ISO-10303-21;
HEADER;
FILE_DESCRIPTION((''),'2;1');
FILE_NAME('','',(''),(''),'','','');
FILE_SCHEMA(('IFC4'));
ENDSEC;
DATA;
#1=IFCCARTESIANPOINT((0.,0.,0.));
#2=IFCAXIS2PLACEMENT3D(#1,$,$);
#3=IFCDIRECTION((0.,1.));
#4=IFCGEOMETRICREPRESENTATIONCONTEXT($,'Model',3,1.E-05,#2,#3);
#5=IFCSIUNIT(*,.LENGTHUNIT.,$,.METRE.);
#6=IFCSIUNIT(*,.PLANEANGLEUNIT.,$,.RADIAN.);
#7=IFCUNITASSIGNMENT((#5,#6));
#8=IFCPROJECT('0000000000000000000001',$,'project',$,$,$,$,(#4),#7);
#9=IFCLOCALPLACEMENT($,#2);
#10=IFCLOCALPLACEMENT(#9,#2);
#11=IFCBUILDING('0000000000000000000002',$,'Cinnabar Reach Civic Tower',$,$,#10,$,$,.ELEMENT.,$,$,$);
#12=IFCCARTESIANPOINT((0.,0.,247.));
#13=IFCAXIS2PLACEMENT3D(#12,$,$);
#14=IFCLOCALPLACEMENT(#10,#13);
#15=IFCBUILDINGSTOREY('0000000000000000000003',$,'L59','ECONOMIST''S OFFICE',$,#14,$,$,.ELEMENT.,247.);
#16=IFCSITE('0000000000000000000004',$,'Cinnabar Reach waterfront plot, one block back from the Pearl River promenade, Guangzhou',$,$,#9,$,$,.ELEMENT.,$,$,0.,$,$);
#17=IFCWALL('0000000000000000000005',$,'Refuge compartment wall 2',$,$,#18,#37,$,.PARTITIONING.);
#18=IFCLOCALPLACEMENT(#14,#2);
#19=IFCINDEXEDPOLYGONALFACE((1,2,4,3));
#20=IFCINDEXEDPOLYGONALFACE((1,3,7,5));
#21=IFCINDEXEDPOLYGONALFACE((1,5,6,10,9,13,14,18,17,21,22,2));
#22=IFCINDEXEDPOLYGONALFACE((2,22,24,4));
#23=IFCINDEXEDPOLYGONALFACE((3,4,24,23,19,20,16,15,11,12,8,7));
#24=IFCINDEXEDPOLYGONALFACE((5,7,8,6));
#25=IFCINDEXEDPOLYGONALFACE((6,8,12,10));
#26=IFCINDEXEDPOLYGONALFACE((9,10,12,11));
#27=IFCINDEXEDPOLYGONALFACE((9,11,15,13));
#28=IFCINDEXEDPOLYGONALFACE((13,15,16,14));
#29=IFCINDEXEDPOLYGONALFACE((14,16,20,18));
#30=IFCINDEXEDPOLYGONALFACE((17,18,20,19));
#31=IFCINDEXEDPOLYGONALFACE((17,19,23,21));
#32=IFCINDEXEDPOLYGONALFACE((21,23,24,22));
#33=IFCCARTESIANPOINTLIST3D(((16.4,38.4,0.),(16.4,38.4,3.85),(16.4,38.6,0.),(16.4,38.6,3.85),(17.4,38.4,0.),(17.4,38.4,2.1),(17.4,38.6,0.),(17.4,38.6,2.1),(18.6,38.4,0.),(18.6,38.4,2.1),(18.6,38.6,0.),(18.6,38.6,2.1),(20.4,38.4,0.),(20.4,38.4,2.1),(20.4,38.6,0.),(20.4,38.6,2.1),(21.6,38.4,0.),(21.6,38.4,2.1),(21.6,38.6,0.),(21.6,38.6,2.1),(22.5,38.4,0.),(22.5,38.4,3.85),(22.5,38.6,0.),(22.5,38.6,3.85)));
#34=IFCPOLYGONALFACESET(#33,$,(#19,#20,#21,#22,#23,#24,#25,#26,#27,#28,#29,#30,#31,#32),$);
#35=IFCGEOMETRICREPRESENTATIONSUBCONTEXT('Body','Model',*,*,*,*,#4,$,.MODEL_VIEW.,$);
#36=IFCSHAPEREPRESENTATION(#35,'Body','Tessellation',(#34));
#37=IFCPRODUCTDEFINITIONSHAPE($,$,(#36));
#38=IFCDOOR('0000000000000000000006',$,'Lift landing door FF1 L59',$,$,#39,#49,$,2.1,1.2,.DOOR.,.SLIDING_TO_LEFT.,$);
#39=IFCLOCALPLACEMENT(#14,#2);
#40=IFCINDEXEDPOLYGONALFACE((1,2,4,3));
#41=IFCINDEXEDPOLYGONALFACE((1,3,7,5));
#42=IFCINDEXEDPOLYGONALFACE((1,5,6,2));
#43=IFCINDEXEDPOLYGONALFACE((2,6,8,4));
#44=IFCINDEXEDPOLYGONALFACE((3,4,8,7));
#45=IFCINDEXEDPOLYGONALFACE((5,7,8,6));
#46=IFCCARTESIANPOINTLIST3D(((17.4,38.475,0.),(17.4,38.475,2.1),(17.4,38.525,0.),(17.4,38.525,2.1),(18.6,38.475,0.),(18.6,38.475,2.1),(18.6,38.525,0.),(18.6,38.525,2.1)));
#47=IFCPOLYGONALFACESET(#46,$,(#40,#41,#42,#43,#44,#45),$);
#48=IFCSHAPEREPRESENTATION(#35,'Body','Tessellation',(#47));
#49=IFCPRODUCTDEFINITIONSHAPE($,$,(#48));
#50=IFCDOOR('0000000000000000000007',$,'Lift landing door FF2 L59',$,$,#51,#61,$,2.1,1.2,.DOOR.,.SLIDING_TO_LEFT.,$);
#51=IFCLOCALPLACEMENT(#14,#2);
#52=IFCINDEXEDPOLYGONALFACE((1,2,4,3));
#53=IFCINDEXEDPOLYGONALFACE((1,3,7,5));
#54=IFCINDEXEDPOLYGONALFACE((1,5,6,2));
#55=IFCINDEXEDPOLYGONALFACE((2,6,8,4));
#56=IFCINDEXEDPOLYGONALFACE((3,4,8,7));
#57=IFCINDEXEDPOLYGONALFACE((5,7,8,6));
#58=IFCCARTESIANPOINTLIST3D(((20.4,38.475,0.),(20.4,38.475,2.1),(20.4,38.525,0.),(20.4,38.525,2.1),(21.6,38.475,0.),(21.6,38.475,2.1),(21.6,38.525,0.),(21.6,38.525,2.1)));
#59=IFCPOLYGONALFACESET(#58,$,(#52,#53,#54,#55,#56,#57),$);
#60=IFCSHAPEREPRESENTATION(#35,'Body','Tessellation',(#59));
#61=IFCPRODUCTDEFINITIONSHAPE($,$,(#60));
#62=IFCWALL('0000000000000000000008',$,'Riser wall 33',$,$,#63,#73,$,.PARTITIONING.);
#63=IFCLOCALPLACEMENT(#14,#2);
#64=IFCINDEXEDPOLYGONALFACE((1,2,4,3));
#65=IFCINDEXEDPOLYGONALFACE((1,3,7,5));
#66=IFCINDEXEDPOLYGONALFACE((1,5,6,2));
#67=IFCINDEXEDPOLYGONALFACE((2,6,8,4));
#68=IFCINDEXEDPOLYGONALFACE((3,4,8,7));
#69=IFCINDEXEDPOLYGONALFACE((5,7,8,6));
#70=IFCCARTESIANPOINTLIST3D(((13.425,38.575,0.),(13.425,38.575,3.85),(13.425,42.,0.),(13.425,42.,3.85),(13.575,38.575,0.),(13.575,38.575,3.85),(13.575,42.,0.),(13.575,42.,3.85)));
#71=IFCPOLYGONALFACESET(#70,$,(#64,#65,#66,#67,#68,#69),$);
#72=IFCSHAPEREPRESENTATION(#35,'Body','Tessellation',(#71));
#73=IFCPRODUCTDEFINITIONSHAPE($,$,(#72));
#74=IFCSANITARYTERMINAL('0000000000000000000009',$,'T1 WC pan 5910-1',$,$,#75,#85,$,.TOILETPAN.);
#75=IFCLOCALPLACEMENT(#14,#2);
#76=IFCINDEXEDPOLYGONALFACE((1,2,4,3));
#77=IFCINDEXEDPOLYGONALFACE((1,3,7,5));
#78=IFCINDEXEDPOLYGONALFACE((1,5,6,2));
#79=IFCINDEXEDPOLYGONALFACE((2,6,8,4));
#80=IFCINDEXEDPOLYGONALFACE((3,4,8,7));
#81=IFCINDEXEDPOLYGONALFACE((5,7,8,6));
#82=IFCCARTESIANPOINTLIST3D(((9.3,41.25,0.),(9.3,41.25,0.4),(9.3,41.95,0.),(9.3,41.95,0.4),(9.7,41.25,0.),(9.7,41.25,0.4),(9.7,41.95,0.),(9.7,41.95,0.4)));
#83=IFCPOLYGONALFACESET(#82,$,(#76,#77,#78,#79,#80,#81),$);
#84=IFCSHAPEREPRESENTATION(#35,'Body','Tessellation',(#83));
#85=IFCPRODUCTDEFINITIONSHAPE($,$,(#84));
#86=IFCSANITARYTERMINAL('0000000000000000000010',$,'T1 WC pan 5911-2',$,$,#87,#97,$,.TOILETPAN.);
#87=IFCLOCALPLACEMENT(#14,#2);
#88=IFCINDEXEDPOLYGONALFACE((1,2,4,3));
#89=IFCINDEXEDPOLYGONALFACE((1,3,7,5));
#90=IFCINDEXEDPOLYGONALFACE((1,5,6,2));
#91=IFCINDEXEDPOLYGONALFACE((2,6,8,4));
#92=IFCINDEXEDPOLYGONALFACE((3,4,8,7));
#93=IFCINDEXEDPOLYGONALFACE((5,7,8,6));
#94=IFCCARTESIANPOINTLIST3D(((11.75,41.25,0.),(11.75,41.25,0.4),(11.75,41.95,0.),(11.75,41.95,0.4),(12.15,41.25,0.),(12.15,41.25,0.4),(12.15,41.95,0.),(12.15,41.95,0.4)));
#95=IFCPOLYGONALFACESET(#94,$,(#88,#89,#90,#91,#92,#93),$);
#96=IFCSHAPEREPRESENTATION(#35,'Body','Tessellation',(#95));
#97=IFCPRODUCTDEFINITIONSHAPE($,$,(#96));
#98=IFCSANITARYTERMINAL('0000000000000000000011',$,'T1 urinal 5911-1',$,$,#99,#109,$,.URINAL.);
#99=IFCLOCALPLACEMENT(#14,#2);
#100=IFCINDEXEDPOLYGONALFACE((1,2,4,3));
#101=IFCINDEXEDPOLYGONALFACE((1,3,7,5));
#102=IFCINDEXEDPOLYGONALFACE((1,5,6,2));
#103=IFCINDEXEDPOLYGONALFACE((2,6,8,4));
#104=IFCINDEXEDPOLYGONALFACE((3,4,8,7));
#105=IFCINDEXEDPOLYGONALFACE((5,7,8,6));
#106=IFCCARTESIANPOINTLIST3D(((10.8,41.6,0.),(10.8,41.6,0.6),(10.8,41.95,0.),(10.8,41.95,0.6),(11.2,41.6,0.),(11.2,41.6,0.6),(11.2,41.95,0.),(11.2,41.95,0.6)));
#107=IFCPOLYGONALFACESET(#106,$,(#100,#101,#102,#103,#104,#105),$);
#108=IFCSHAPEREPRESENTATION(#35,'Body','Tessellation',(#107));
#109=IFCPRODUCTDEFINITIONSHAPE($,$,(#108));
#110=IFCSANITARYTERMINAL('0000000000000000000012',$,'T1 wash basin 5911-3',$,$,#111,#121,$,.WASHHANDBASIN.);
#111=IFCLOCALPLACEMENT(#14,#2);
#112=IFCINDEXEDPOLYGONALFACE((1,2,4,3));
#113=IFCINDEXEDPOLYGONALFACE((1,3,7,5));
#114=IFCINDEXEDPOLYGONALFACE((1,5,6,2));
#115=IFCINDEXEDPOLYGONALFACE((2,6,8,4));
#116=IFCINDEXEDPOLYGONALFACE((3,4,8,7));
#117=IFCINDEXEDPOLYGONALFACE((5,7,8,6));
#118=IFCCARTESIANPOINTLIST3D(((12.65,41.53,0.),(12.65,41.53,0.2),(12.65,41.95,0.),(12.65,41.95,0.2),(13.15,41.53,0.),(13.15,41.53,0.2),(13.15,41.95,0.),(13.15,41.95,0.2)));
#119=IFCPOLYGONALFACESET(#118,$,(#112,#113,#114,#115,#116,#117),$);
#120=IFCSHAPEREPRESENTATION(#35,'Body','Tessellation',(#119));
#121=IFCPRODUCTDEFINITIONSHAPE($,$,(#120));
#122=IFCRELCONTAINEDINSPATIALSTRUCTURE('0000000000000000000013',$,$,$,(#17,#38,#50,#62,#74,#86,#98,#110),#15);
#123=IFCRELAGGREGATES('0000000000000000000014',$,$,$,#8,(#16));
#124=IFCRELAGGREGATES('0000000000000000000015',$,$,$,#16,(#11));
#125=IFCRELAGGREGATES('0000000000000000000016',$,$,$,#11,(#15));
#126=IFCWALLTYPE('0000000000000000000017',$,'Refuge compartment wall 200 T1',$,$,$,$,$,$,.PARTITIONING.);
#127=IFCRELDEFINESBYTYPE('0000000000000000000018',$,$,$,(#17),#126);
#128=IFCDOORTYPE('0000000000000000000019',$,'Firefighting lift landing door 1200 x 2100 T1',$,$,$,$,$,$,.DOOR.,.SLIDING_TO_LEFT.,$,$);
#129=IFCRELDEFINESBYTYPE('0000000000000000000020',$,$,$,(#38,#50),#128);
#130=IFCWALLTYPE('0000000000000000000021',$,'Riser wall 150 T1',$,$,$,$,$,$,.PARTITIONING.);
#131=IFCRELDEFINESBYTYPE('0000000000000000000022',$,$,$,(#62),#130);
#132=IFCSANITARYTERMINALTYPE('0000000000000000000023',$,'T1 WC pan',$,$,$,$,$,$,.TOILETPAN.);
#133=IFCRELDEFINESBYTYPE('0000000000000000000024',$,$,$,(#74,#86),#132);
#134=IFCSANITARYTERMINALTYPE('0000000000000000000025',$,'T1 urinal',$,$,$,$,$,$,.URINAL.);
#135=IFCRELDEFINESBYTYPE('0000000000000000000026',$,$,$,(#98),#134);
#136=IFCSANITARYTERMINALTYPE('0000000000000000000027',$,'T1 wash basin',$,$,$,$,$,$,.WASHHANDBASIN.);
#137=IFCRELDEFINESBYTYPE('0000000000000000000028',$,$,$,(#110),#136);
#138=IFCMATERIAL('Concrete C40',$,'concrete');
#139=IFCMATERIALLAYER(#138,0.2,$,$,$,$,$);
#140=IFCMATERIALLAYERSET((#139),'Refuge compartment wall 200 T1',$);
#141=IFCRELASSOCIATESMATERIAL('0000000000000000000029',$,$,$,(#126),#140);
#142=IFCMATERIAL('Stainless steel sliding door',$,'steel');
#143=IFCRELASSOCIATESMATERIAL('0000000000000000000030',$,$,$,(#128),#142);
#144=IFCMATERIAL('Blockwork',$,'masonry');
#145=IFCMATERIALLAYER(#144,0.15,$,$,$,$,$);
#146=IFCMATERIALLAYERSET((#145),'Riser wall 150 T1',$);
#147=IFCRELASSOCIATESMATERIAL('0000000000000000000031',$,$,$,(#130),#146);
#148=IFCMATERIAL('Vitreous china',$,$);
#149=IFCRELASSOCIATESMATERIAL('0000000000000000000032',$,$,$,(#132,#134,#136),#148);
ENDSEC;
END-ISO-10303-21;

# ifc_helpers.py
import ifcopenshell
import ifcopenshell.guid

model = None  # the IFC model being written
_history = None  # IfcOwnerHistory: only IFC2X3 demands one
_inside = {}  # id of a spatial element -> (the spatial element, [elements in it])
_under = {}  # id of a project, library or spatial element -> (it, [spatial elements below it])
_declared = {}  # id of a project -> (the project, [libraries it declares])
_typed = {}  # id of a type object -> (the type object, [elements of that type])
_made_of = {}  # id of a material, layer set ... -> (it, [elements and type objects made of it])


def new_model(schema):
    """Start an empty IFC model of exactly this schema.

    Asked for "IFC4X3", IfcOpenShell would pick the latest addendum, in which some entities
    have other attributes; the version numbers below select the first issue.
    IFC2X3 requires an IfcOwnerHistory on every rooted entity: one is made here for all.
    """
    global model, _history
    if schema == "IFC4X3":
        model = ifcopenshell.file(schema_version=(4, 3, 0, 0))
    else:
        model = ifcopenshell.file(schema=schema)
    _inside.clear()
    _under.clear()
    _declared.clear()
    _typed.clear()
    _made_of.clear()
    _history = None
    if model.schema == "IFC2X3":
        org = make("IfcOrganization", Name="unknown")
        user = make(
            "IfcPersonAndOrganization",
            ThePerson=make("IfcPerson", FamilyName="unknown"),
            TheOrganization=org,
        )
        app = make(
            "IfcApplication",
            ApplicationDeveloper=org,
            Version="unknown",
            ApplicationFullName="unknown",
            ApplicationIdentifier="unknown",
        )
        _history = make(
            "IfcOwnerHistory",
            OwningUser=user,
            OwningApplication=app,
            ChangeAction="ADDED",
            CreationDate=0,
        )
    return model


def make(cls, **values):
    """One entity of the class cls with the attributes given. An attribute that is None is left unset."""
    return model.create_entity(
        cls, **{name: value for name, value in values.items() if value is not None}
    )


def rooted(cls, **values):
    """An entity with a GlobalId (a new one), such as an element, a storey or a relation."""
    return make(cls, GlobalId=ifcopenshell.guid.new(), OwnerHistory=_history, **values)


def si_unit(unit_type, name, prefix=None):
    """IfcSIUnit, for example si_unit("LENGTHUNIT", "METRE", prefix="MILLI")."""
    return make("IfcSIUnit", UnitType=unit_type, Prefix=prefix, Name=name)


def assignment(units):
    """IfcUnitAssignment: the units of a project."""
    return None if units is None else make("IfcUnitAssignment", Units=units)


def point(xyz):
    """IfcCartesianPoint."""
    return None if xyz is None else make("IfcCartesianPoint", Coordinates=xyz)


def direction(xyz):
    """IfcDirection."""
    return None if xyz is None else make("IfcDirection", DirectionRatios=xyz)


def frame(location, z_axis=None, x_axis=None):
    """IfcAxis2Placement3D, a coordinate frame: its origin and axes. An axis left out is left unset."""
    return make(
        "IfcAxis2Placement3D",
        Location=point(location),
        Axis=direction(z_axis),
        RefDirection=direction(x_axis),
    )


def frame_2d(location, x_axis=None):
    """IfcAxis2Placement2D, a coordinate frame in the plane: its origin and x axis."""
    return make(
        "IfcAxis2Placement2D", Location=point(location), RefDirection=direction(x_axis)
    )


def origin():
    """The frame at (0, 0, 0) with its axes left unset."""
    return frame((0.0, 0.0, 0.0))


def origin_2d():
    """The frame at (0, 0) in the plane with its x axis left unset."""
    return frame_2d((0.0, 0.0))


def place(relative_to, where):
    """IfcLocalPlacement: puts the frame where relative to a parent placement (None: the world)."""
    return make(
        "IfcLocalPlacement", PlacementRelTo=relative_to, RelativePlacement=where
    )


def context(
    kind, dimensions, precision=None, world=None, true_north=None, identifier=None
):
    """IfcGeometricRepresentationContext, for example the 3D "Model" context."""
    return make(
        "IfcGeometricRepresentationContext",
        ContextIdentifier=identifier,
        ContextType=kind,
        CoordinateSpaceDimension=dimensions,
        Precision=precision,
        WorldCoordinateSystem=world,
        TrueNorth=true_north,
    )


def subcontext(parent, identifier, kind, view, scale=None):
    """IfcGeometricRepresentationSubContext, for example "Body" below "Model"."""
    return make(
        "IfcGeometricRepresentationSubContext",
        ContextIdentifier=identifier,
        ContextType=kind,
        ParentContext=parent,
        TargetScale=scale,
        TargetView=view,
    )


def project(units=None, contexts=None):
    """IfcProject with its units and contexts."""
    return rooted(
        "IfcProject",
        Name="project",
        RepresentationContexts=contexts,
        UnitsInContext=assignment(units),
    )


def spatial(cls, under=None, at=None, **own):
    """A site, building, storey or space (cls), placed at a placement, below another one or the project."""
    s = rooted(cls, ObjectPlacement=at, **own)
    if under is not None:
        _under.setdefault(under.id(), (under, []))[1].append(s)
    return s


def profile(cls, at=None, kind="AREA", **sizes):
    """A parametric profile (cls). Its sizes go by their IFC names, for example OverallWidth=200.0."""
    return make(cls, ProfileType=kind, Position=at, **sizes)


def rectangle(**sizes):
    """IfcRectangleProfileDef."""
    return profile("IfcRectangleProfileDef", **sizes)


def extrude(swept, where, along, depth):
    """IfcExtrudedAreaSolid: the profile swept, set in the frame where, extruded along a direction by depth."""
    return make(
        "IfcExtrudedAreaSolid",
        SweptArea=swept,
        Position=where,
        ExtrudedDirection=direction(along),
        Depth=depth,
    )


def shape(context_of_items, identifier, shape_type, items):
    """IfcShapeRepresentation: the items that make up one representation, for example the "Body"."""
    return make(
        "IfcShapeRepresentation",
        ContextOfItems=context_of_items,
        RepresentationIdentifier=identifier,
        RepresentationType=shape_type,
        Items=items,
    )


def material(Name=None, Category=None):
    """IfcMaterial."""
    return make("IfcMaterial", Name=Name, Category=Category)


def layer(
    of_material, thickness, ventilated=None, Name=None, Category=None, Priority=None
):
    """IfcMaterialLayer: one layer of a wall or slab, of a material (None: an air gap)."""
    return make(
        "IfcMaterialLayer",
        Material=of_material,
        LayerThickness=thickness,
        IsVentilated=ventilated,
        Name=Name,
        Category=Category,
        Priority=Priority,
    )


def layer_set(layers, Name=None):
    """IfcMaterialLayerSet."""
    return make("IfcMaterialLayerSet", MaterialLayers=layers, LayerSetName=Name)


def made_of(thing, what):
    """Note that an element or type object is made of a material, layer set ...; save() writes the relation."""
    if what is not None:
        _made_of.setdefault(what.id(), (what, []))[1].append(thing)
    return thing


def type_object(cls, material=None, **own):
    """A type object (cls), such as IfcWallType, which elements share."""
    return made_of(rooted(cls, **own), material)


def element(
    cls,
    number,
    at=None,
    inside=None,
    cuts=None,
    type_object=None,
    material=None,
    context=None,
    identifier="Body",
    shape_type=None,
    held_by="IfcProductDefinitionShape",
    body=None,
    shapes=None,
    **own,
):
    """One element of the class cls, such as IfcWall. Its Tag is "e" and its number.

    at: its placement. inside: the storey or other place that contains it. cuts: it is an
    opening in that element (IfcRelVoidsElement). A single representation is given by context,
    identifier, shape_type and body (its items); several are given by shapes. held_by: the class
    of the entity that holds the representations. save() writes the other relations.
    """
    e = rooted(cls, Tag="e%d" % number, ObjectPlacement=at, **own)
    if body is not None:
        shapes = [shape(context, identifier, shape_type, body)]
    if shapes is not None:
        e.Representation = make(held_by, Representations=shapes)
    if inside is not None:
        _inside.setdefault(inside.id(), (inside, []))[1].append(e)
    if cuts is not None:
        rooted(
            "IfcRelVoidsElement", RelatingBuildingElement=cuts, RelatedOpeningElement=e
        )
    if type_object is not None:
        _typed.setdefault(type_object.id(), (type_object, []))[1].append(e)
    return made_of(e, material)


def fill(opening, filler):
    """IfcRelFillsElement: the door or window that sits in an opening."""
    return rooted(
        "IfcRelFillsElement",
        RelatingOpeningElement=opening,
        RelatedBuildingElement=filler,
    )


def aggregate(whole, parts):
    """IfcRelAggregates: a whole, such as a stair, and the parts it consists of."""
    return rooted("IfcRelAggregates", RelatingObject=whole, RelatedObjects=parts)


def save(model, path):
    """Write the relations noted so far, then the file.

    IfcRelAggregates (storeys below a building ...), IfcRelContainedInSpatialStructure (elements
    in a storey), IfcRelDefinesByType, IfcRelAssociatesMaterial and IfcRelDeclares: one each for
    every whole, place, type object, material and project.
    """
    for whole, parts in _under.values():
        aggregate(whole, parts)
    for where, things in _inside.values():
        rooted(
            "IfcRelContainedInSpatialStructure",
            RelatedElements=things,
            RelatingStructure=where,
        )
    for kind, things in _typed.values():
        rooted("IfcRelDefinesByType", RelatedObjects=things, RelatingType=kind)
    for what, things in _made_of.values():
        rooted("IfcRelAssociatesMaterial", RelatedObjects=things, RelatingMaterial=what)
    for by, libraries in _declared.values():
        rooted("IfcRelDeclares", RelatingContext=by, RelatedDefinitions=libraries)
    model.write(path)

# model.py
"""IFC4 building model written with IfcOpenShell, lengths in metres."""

from ifc_helpers import new_model, si_unit, direction, frame, frame_2d, origin, origin_2d, place, context, subcontext, project, spatial, rectangle, extrude, material, layer, layer_set, type_object, element, fill, save


model = new_model("IFC4")

# Units and contexts
model_context = context("Model", 3, precision=1e-05, world=origin(), true_north=direction((0.0, 1.0)))
body_context = subcontext(model_context, "Body", "Model", "MODEL_VIEW")
ifc_project = project(units=[si_unit("LENGTHUNIT", "METRE"), si_unit("PLANEANGLEUNIT", "RADIAN")], contexts=[model_context])

# Site, building, storey
site_placement = place(None, origin())
site = spatial("IfcSite", under=ifc_project, at=site_placement, Name="Cinnabar Reach waterfront plot, one block back from the Pearl River promenade, Guangzhou", CompositionType="ELEMENT", RefElevation=0.0)
building_placement = place(site_placement, origin())
building = spatial("IfcBuilding", under=site, at=building_placement, Name="Cinnabar Reach Civic Tower", CompositionType="ELEMENT")
storey_placement = place(building_placement, frame((0.0, 0.0, 247.0)))
storey = spatial("IfcBuildingStorey", under=building, at=storey_placement, Name="L59", Description="ECONOMIST'S OFFICE", CompositionType="ELEMENT", Elevation=247.0)

# Shared definitions
ifc_material_1 = material(Name="Blockwork", Category="masonry")

# Wall, openings, doors
ifc_material_2 = material(Name="Concrete C40", Category="concrete")
ifc_layer_1 = layer(ifc_material_2, 0.2)
ifc_layer_set_1 = layer_set([ifc_layer_1], Name="Refuge compartment wall 200 T1")
wall_type_1 = type_object("IfcWallType", Name="Refuge compartment wall 200 T1", PredefinedType="PARTITIONING", material=ifc_layer_set_1)
wall_1_placement = place(storey_placement, frame((16.4, 38.5, 0.0), z_axis=(0.0, 0.0, 1.0), x_axis=(1.0, 0.0, 0.0)))
wall_1 = element("IfcWall", 1, at=wall_1_placement, inside=storey, type_object=wall_type_1, Name="Refuge compartment wall 2", PredefinedType="PARTITIONING", context=body_context, shape_type="SweptSolid", body=[
    extrude(rectangle(XDim=6.1, YDim=0.2, at=frame_2d((3.05, 0.0))), origin(), (0.0, 0.0, 1.0), 3.85),
])
opening_1_placement = place(wall_1_placement, frame((1.0, 0.0, 0.0)))
opening_1 = element("IfcOpeningElement", 2, at=opening_1_placement, cuts=wall_1, PredefinedType="OPENING", context=body_context, shape_type="SweptSolid", body=[
    extrude(rectangle(XDim=1.2, YDim=2.1, at=frame_2d((0.6, 1.05))), frame((0.0, 0.11, 0.0), z_axis=(0.0, -1.0, 0.0), x_axis=(1.0, 0.0, 0.0)), (0.0, 0.0, 1.0), 0.22),
])
opening_2_placement = place(wall_1_placement, frame((4.0, 0.0, 0.0)))
opening_2 = element("IfcOpeningElement", 3, at=opening_2_placement, cuts=wall_1, PredefinedType="OPENING", context=body_context, shape_type="SweptSolid", body=[
    extrude(rectangle(XDim=1.2, YDim=2.1, at=frame_2d((0.6, 1.05))), frame((0.0, 0.11, 0.0), z_axis=(0.0, -1.0, 0.0), x_axis=(1.0, 0.0, 0.0)), (0.0, 0.0, 1.0), 0.22),
])
ifc_material_3 = material(Name="Stainless steel sliding door", Category="steel")
door_type = type_object("IfcDoorType", Name="Firefighting lift landing door 1200 x 2100 T1", OperationType="SLIDING_TO_LEFT", PredefinedType="DOOR", material=ifc_material_3)
door_1_placement = place(opening_1_placement, origin())
door_1 = element("IfcDoor", 4, at=door_1_placement, inside=storey, type_object=door_type, Name="Lift landing door FF1 L59", OperationType="SLIDING_TO_LEFT", OverallHeight=2.1, OverallWidth=1.2, PredefinedType="DOOR", context=body_context, shape_type="SweptSolid", body=[
    extrude(rectangle(XDim=1.2, YDim=2.1, at=frame_2d((0.6, 1.05))), frame((0.0, 0.025, 0.0), z_axis=(0.0, -1.0, 0.0), x_axis=(1.0, 0.0, 0.0)), (0.0, 0.0, 1.0), 0.05),
])
fill(opening_1, door_1)
door_2_placement = place(opening_2_placement, origin())
door_2 = element("IfcDoor", 5, at=door_2_placement, inside=storey, type_object=door_type, Name="Lift landing door FF2 L59", OperationType="SLIDING_TO_LEFT", OverallHeight=2.1, OverallWidth=1.2, PredefinedType="DOOR", context=body_context, shape_type="SweptSolid", body=[
    extrude(rectangle(XDim=1.2, YDim=2.1, at=frame_2d((0.6, 1.05))), frame((0.0, 0.025, 0.0), z_axis=(0.0, -1.0, 0.0), x_axis=(1.0, 0.0, 0.0)), (0.0, 0.0, 1.0), 0.05),
])
fill(opening_2, door_2)

# Wall
ifc_layer_2 = layer(ifc_material_1, 0.15)
ifc_layer_set_2 = layer_set([ifc_layer_2], Name="Riser wall 150 T1")
wall_type_2 = type_object("IfcWallType", Name="Riser wall 150 T1", PredefinedType="PARTITIONING", material=ifc_layer_set_2)
wall_2_placement = place(storey_placement, frame((13.5, 38.575, 0.0), z_axis=(0.0, 0.0, 1.0), x_axis=(0.0, 1.0, 0.0)))
element("IfcWall", 6, at=wall_2_placement, inside=storey, type_object=wall_type_2, Name="Riser wall 33", PredefinedType="PARTITIONING", context=body_context, shape_type="SweptSolid", body=[
    extrude(rectangle(XDim=3.425, YDim=0.15, at=frame_2d((1.7125, 0.0))), origin(), (0.0, 0.0, 1.0), 3.85),
])

# Sanitary terminals
ifc_material_4 = material(Name="Vitreous china")
sanitary_terminal_type_1 = type_object("IfcSanitaryTerminalType", Name="T1 WC pan", PredefinedType="TOILETPAN", material=ifc_material_4)
for number, where, z_axis, x_axis, name in (
    (7, (9.5, 41.6, 0.0), (0.0, 0.0, 1.0), (1.0, 0.0, 0.0), "T1 WC pan 5910-1"),
    (8, (11.95, 41.6, 0.0), (0.0, 0.0, 1.0), (1.0, 0.0, 0.0), "T1 WC pan 5911-2"),
):
    element("IfcSanitaryTerminal", number, at=place(storey_placement, frame(where, z_axis=z_axis, x_axis=x_axis)), inside=storey, type_object=sanitary_terminal_type_1, Name=name, PredefinedType="TOILETPAN", context=body_context, shape_type="SweptSolid", body=[
        extrude(rectangle(XDim=0.4, YDim=0.7, at=origin_2d()), origin(), (0.0, 0.0, 1.0), 0.4),
    ])
sanitary_terminal_type_2 = type_object("IfcSanitaryTerminalType", Name="T1 urinal", PredefinedType="URINAL", material=ifc_material_4)
sanitary_terminal_1_placement = place(storey_placement, frame((11.0, 41.775, 0.0), z_axis=(0.0, 0.0, 1.0), x_axis=(1.0, 0.0, 0.0)))
element("IfcSanitaryTerminal", 9, at=sanitary_terminal_1_placement, inside=storey, type_object=sanitary_terminal_type_2, Name="T1 urinal 5911-1", PredefinedType="URINAL", context=body_context, shape_type="SweptSolid", body=[
    extrude(rectangle(XDim=0.4, YDim=0.35, at=origin_2d()), origin(), (0.0, 0.0, 1.0), 0.6),
])
sanitary_terminal_type_3 = type_object("IfcSanitaryTerminalType", Name="T1 wash basin", PredefinedType="WASHHANDBASIN", material=ifc_material_4)
sanitary_terminal_2_placement = place(storey_placement, frame((12.9, 41.74, 0.0), z_axis=(0.0, 0.0, 1.0), x_axis=(1.0, 0.0, 0.0)))
element("IfcSanitaryTerminal", 10, at=sanitary_terminal_2_placement, inside=storey, type_object=sanitary_terminal_type_3, Name="T1 wash basin 5911-3", PredefinedType="WASHHANDBASIN", context=body_context, shape_type="SweptSolid", body=[
    extrude(rectangle(XDim=0.5, YDim=0.42, at=origin_2d()), origin(), (0.0, 0.0, 1.0), 0.2),
])

save(model, "model.ifc")
